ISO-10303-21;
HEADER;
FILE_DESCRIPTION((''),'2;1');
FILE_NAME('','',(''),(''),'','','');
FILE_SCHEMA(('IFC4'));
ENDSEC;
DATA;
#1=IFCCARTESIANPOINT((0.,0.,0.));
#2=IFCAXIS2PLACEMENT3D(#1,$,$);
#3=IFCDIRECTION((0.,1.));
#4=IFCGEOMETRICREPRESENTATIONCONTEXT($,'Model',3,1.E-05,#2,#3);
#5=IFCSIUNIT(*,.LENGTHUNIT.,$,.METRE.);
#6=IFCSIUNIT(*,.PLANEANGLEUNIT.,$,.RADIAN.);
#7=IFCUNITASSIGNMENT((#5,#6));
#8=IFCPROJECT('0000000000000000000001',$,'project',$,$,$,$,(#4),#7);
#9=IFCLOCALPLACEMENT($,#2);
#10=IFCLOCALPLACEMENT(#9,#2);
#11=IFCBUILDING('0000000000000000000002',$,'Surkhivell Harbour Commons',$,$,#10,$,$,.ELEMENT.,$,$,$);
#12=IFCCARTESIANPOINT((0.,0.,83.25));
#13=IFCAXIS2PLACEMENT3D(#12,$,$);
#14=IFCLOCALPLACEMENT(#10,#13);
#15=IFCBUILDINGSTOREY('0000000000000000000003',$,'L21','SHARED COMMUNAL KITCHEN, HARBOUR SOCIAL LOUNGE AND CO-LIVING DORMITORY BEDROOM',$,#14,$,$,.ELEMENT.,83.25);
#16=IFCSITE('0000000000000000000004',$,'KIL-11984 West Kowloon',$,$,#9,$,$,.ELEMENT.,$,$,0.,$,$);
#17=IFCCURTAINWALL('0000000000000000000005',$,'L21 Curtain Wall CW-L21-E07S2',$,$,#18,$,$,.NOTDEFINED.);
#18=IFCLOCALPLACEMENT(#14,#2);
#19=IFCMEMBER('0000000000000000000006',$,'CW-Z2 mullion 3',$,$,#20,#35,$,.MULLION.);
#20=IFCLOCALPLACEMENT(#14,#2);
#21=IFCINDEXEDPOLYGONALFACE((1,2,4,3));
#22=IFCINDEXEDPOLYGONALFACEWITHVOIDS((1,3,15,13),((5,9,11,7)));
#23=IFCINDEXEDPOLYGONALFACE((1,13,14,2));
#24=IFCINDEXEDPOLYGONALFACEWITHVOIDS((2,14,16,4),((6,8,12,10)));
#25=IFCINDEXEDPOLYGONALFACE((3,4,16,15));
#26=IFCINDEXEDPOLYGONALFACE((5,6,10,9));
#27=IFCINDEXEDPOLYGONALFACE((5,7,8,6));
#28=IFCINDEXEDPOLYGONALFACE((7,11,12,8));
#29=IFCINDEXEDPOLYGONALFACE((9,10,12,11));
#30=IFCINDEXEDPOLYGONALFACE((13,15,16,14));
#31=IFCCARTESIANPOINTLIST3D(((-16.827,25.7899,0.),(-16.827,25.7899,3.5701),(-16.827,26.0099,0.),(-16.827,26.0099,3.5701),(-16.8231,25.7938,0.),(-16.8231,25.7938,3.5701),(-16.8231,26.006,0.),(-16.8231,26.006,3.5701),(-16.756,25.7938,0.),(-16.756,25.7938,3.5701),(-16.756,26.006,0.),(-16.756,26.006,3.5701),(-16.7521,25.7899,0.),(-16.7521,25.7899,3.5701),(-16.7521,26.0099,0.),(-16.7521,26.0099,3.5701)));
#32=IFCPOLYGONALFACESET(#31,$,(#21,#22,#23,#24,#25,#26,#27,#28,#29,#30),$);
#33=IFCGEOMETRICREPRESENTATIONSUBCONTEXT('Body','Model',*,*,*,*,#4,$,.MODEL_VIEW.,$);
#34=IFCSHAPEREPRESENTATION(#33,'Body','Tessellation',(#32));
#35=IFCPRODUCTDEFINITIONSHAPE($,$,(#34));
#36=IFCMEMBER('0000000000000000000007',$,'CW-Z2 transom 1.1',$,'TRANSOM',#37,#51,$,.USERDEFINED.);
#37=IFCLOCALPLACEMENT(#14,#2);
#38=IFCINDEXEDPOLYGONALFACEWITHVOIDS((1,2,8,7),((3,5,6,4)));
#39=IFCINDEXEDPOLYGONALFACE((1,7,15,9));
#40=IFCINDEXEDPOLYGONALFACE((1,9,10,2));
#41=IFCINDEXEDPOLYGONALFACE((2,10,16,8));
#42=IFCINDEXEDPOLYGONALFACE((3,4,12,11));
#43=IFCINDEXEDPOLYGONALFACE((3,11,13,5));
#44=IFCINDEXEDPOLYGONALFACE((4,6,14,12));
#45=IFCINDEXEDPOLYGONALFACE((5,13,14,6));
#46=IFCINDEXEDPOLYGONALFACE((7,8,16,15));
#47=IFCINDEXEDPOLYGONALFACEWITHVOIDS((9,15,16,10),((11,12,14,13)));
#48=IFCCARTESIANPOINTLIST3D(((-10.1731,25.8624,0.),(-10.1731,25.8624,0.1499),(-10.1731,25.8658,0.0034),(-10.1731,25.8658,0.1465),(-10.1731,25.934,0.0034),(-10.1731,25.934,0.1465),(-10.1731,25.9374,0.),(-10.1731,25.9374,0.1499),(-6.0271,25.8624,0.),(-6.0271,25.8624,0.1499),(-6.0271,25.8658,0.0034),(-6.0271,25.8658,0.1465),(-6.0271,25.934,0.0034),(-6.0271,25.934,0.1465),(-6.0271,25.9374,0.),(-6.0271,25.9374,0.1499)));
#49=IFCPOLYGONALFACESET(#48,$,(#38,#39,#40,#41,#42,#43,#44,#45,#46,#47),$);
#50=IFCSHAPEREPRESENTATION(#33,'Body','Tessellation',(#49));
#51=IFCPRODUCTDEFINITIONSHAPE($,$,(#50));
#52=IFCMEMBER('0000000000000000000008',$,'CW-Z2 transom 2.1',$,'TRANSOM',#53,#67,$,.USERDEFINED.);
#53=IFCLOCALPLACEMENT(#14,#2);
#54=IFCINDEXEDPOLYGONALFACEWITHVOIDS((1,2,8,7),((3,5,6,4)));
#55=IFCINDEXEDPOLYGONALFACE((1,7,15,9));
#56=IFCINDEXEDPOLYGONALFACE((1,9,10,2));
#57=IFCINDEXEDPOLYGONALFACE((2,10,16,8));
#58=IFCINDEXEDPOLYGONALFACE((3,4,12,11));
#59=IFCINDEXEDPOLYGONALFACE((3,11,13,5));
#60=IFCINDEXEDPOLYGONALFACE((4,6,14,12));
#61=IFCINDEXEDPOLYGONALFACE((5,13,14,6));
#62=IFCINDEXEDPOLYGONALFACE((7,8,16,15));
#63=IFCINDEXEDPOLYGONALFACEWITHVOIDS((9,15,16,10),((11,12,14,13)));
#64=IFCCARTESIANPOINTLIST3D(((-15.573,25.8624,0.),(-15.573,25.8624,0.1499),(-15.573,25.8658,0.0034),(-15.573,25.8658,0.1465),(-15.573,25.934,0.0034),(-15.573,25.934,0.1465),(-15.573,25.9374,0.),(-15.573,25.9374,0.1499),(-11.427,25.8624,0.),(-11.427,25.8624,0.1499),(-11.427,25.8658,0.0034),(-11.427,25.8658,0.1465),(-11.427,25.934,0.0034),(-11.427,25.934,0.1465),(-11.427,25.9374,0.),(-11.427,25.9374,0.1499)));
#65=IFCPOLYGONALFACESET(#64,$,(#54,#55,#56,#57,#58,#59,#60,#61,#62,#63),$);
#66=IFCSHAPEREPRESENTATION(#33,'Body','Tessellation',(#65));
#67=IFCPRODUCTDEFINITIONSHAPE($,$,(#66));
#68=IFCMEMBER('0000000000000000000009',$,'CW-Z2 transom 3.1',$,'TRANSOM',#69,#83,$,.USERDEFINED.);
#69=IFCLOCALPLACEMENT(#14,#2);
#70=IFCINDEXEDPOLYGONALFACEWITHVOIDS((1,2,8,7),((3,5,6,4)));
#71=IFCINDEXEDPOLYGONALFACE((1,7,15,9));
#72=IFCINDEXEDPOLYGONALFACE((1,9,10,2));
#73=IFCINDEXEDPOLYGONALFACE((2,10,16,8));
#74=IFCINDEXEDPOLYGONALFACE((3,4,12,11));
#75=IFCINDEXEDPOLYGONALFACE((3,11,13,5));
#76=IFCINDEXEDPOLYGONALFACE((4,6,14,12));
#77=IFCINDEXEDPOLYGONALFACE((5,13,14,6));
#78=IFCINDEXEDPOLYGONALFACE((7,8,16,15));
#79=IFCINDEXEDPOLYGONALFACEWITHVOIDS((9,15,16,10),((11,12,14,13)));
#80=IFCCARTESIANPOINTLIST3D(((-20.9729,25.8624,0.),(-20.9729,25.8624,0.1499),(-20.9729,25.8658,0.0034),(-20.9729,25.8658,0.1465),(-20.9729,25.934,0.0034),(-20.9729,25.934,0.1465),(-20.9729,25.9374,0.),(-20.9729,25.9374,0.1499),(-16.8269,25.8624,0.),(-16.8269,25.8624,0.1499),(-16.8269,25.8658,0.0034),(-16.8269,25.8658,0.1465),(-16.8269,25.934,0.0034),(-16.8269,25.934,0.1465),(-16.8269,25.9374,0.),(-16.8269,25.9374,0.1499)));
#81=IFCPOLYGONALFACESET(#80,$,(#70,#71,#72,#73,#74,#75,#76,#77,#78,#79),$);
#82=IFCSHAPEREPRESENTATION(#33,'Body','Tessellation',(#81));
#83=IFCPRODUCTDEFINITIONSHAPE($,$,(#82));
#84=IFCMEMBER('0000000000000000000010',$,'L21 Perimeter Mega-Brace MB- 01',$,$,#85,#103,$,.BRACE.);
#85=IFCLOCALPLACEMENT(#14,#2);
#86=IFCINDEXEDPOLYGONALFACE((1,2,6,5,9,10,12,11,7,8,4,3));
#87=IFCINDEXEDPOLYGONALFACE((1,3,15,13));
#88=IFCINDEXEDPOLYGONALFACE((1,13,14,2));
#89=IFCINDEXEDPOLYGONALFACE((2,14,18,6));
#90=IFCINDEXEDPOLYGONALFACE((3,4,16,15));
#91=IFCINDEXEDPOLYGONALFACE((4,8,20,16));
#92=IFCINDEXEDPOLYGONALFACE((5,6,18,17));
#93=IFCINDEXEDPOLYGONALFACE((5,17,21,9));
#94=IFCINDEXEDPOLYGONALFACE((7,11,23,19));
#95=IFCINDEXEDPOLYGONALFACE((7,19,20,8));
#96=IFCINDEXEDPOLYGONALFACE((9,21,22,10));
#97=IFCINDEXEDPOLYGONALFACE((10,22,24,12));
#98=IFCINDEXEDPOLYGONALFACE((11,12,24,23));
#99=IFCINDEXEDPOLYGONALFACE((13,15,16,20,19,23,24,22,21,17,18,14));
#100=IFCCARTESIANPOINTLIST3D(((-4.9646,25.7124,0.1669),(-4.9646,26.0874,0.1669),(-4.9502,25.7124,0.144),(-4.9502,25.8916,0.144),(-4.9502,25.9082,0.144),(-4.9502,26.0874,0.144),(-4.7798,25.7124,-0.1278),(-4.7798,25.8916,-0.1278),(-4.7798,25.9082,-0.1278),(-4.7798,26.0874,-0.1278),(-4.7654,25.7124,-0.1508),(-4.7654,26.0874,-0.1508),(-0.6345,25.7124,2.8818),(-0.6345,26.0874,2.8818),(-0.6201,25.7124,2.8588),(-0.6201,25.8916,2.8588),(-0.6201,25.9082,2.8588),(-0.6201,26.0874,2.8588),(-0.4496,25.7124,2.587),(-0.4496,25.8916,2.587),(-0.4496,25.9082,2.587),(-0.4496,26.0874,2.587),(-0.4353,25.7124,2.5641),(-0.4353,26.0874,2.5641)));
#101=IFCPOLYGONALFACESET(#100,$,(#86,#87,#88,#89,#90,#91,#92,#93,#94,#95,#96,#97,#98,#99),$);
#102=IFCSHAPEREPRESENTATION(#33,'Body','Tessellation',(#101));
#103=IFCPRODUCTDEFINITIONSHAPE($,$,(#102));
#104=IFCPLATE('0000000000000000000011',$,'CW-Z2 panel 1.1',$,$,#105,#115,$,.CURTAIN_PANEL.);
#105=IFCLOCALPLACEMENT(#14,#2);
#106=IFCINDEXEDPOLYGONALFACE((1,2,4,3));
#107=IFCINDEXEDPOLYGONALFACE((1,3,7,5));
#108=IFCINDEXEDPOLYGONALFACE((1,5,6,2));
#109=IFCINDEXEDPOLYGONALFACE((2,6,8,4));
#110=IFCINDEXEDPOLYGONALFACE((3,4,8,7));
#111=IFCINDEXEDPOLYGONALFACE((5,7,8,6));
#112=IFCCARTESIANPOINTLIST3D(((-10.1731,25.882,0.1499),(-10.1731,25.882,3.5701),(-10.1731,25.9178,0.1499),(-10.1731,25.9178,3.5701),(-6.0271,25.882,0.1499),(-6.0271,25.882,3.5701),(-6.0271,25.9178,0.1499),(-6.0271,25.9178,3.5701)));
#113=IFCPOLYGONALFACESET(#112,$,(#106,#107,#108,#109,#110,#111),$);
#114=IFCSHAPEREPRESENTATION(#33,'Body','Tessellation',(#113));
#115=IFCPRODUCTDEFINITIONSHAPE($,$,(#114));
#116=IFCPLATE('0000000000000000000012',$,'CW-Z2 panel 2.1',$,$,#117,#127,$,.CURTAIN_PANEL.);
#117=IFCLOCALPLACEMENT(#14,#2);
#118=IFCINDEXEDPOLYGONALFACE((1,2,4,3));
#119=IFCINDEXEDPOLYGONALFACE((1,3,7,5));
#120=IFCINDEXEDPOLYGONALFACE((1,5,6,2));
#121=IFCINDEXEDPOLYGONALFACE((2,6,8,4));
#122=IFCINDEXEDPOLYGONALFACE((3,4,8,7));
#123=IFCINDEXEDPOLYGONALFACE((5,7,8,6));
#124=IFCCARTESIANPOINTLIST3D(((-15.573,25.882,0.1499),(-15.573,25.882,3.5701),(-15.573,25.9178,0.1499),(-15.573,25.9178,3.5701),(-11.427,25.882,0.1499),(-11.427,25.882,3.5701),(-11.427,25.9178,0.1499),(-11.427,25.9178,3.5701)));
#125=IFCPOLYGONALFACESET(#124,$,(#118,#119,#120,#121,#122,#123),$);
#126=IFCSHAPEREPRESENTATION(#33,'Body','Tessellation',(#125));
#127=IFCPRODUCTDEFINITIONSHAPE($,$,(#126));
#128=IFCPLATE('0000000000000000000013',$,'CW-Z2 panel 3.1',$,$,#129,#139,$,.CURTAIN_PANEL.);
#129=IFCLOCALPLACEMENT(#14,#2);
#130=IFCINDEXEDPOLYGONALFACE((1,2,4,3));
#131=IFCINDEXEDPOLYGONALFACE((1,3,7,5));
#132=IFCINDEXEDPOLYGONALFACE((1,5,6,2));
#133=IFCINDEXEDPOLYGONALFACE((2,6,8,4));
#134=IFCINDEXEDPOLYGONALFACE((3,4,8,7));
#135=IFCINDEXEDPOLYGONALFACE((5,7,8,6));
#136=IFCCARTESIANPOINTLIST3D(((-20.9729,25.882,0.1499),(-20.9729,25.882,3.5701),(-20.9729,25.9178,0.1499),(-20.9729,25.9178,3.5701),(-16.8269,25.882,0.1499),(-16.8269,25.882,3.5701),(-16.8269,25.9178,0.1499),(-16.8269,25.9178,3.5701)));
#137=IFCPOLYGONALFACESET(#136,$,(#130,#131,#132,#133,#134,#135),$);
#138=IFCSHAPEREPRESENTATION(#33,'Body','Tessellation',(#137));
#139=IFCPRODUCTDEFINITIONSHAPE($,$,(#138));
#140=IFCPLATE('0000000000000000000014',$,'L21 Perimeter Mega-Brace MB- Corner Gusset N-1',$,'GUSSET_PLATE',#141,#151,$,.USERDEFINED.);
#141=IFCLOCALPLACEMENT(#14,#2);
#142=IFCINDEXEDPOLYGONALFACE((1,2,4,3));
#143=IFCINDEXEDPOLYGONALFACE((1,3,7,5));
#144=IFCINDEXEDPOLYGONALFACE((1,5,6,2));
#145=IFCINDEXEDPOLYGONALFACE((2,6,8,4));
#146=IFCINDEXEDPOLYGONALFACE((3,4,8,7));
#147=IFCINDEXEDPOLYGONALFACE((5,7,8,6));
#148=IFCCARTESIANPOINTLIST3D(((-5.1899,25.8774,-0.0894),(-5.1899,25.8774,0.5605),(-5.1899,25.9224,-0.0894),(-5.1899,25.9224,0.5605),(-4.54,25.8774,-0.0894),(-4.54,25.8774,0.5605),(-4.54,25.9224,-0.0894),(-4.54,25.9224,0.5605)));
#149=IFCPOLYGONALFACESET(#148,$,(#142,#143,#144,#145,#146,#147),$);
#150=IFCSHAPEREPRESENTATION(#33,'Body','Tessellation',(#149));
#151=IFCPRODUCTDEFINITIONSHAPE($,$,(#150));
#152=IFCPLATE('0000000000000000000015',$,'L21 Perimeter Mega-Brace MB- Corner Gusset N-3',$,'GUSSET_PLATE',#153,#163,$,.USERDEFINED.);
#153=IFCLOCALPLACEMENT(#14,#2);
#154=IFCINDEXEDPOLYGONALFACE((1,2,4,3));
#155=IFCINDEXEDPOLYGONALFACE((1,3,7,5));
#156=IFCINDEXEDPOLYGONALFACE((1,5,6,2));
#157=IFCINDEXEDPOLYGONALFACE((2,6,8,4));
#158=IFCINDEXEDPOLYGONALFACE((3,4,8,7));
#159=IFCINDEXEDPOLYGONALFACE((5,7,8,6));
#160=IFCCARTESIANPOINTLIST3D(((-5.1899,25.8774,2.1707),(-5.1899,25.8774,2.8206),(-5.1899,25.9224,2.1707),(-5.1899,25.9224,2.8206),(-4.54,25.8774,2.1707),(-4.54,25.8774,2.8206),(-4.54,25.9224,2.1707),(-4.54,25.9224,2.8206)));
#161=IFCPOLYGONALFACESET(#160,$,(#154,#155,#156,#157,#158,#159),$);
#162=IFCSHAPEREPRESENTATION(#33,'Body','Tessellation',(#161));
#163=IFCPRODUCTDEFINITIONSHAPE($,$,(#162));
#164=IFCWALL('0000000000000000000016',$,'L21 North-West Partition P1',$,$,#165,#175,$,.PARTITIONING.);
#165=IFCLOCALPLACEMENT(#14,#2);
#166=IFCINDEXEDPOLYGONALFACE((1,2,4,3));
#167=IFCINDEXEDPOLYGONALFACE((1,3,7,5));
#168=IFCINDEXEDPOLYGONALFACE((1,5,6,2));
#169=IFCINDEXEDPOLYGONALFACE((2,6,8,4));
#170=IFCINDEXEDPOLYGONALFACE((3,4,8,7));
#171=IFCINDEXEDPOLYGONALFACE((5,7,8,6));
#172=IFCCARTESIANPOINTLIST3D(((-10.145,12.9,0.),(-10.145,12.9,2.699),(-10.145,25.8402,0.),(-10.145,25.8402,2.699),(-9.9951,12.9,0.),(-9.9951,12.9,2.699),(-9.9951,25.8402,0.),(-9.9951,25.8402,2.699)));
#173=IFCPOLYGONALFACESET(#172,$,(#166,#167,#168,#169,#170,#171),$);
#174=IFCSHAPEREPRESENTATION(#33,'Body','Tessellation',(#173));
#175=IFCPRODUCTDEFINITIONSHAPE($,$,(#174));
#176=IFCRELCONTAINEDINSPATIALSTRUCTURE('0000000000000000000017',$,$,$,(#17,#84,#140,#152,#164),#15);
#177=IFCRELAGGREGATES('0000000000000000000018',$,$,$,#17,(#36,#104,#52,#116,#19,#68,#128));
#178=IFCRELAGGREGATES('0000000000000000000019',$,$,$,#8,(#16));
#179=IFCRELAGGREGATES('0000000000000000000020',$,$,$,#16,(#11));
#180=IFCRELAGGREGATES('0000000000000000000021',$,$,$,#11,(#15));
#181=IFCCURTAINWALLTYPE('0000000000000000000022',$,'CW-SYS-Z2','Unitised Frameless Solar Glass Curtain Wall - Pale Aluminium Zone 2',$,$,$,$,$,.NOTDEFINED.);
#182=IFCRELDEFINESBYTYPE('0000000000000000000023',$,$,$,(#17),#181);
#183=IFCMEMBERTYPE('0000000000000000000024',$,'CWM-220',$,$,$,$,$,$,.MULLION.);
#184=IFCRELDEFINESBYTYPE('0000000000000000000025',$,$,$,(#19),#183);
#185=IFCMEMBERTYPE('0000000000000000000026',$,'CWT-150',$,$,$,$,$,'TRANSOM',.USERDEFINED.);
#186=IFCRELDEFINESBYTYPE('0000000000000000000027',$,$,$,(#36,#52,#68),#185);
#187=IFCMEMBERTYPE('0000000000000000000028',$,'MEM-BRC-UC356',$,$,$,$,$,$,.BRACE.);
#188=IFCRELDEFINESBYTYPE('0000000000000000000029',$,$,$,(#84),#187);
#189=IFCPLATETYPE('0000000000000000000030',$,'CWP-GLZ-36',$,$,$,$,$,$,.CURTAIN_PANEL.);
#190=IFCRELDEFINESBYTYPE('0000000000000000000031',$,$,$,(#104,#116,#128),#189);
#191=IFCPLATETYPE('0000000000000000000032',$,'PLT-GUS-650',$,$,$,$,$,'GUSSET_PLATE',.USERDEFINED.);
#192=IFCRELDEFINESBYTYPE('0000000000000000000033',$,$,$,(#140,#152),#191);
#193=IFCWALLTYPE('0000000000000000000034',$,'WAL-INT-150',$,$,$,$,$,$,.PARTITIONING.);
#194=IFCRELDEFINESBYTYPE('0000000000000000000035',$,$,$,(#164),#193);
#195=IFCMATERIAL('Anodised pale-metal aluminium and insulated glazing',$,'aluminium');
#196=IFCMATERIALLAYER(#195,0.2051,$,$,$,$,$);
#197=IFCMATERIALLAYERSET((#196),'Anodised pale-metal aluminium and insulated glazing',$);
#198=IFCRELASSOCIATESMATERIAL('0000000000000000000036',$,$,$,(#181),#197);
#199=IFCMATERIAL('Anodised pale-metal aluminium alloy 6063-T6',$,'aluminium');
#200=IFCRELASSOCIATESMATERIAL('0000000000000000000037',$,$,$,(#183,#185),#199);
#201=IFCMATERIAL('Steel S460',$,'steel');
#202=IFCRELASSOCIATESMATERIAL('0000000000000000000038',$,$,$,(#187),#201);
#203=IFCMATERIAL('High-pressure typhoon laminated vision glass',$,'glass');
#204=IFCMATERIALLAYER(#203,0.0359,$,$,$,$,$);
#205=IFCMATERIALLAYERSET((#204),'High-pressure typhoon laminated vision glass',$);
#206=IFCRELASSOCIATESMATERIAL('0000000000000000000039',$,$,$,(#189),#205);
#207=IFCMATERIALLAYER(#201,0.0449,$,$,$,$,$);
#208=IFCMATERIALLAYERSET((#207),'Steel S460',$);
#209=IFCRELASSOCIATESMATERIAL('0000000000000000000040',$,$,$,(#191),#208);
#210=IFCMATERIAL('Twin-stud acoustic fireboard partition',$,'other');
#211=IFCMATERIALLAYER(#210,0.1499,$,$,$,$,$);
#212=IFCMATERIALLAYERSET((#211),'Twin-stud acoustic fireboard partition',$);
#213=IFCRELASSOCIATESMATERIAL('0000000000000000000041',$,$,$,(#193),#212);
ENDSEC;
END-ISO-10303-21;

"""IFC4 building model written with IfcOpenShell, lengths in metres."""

from ifc_helpers import new_model, si_unit, direction, frame, frame_2d, origin, origin_2d, place, context, subcontext, project, spatial, rectangle, hollow_rectangle, i_section, extrude, material, layer, layer_set, material_profile, profile_set, type_object, element, aggregate, save


model = new_model("IFC4")

# Units and contexts
model_context = context("Model", 3, precision=1e-05, world=origin(), true_north=direction((0.0, 1.0)))
body_context = subcontext(model_context, "Body", "Model", "MODEL_VIEW")
ifc_project = project(units=[si_unit("LENGTHUNIT", "METRE"), si_unit("PLANEANGLEUNIT", "RADIAN")], contexts=[model_context])

# Site, building, storey
site_placement = place(None, origin())
site = spatial("IfcSite", under=ifc_project, at=site_placement, Name="KIL-11984 West Kowloon", CompositionType="ELEMENT", RefElevation=0.0)
building_placement = place(site_placement, origin())
building = spatial("IfcBuilding", under=site, at=building_placement, Name="Surkhivell Harbour Commons", CompositionType="ELEMENT")
storey_placement = place(building_placement, frame((0.0, 0.0, 83.25)))
storey = spatial("IfcBuildingStorey", under=building, at=storey_placement, Name="L21", Description="SHARED COMMUNAL KITCHEN, HARBOUR SOCIAL LOUNGE AND CO-LIVING DORMITORY BEDROOM", CompositionType="ELEMENT", Elevation=83.25)

# Shared definitions
ifc_material_1 = material(Name="Steel S460", Category="steel")

# Curtain wall, members
ifc_material_2 = material(Name="Anodised pale-metal aluminium and insulated glazing", Category="aluminium")
ifc_layer_1 = layer(ifc_material_2, 0.2051)
ifc_layer_set_1 = layer_set([ifc_layer_1], Name="Anodised pale-metal aluminium and insulated glazing")
curtain_wall_type = type_object("IfcCurtainWallType", Name="CW-SYS-Z2", Description="Unitised Frameless Solar Glass Curtain Wall - Pale Aluminium Zone 2", PredefinedType="NOTDEFINED", material=ifc_layer_set_1)
curtain_wall_placement = place(storey_placement, origin())
curtain_wall = element("IfcCurtainWall", 1, at=curtain_wall_placement, inside=storey, type_object=curtain_wall_type, Name="L21 Curtain Wall CW-L21-E07S2", PredefinedType="NOTDEFINED")
ifc_material_3 = material(Name="Anodised pale-metal aluminium alloy 6063-T6", Category="aluminium")
ifc_material_profile_1 = material_profile(ifc_material_3, hollow_rectangle(XDim=0.075, YDim=0.22, WallThickness=0.0039, at=origin_2d()), Name="ALU-MULL-75x220")
ifc_profile_set_1 = profile_set([ifc_material_profile_1], Name="Anodised pale-metal aluminium alloy 6063-T6")
member_type_1 = type_object("IfcMemberType", Name="CWM-220", PredefinedType="MULLION", material=ifc_profile_set_1)
member_1_placement = place(storey_placement, frame((-16.7896, 25.8999, 0.0), z_axis=(0.0, 0.0, 1.0), x_axis=(-1.0, 0.0, 0.0)))
member_1 = element("IfcMember", 2, at=member_1_placement, type_object=member_type_1, Name="CW-Z2 mullion 3", PredefinedType="MULLION", context=body_context, shape_type="SweptSolid", body=[
    extrude(hollow_rectangle(XDim=0.075, YDim=0.22, WallThickness=0.0039, at=origin_2d()), origin(), (0.0, 0.0, 1.0), 3.5701),
])
ifc_material_profile_2 = material_profile(ifc_material_3, hollow_rectangle(XDim=0.075, YDim=0.1499, WallThickness=0.0034, at=origin_2d()), Name="ALU-TRAN-75x150")
ifc_profile_set_2 = profile_set([ifc_material_profile_2], Name="Anodised pale-metal aluminium alloy 6063-T6")
member_type_2 = type_object("IfcMemberType", Name="CWT-150", ElementType="TRANSOM", PredefinedType="USERDEFINED", material=ifc_profile_set_2)
member_2_placement = place(storey_placement, frame((-6.0271, 25.8999, 0.075), z_axis=(-1.0, 0.0, 0.0), x_axis=(0.0, -1.0, 0.0)))
member_2 = element("IfcMember", 3, at=member_2_placement, type_object=member_type_2, Name="CW-Z2 transom 1.1", ObjectType="TRANSOM", PredefinedType="USERDEFINED", context=body_context, shape_type="SweptSolid", body=[
    extrude(hollow_rectangle(XDim=0.075, YDim=0.1499, WallThickness=0.0034, at=origin_2d()), origin(), (0.0, 0.0, 1.0), 4.146),
])
member_3_placement = place(storey_placement, frame((-11.427, 25.8999, 0.075), z_axis=(-1.0, 0.0, 0.0), x_axis=(0.0, -1.0, 0.0)))
member_3 = element("IfcMember", 4, at=member_3_placement, type_object=member_type_2, Name="CW-Z2 transom 2.1", ObjectType="TRANSOM", PredefinedType="USERDEFINED", context=body_context, shape_type="SweptSolid", body=[
    extrude(hollow_rectangle(XDim=0.075, YDim=0.1499, WallThickness=0.0034, at=origin_2d()), origin(), (0.0, 0.0, 1.0), 4.146),
])
member_4_placement = place(storey_placement, frame((-16.8269, 25.8999, 0.075), z_axis=(-1.0, 0.0, 0.0), x_axis=(0.0, -1.0, 0.0)))
member_4 = element("IfcMember", 5, at=member_4_placement, type_object=member_type_2, Name="CW-Z2 transom 3.1", ObjectType="TRANSOM", PredefinedType="USERDEFINED", context=body_context, shape_type="SweptSolid", body=[
    extrude(hollow_rectangle(XDim=0.075, YDim=0.1499, WallThickness=0.0034, at=origin_2d()), origin(), (0.0, 0.0, 1.0), 4.146),
])

# Member
ifc_material_profile_3 = material_profile(ifc_material_1, i_section(OverallWidth=0.375, OverallDepth=0.375, WebThickness=0.0166, FlangeThickness=0.0271, at=origin_2d()), Name="UC356x368x202")
ifc_profile_set_3 = profile_set([ifc_material_profile_3], Name="Steel S460")
member_type_3 = type_object("IfcMemberType", Name="MEM-BRC-UC356", PredefinedType="BRACE", material=ifc_profile_set_3)
member_5_placement = place(storey_placement, frame((-4.865, 25.8999, 0.0081), z_axis=(0.847246, 0.0, 0.531201), x_axis=(0.0, 1.0, 0.0)))
element("IfcMember", 6, at=member_5_placement, inside=storey, type_object=member_type_3, Name="L21 Perimeter Mega-Brace MB- 01", PredefinedType="BRACE", context=body_context, shape_type="SweptSolid", body=[
    extrude(i_section(OverallWidth=0.375, OverallDepth=0.375, WebThickness=0.0166, FlangeThickness=0.0271, at=origin_2d()), origin(), (0.0, 0.0, 1.0), 5.1108),
])

# Plates
ifc_material_4 = material(Name="High-pressure typhoon laminated vision glass", Category="glass")
ifc_layer_2 = layer(ifc_material_4, 0.0359)
ifc_layer_set_2 = layer_set([ifc_layer_2], Name="High-pressure typhoon laminated vision glass")
plate_type_1 = type_object("IfcPlateType", Name="CWP-GLZ-36", PredefinedType="CURTAIN_PANEL", material=ifc_layer_set_2)
plate_1_placement = place(storey_placement, frame((-6.0271, 25.8999, 0.1499), z_axis=(0.0, 0.0, 1.0), x_axis=(-1.0, 0.0, 0.0)))
plate_1 = element("IfcPlate", 7, at=plate_1_placement, type_object=plate_type_1, Name="CW-Z2 panel 1.1", PredefinedType="CURTAIN_PANEL", context=body_context, shape_type="SweptSolid", body=[
    extrude(rectangle(XDim=4.146, YDim=0.0359, at=frame_2d((2.073, 0.0))), origin(), (0.0, 0.0, 1.0), 3.4202),
])
plate_2_placement = place(storey_placement, frame((-11.427, 25.8999, 0.1499), z_axis=(0.0, 0.0, 1.0), x_axis=(-1.0, 0.0, 0.0)))
plate_2 = element("IfcPlate", 8, at=plate_2_placement, type_object=plate_type_1, Name="CW-Z2 panel 2.1", PredefinedType="CURTAIN_PANEL", context=body_context, shape_type="SweptSolid", body=[
    extrude(rectangle(XDim=4.146, YDim=0.0359, at=frame_2d((2.073, 0.0))), origin(), (0.0, 0.0, 1.0), 3.4202),
])
plate_3_placement = place(storey_placement, frame((-16.8269, 25.8999, 0.1499), z_axis=(0.0, 0.0, 1.0), x_axis=(-1.0, 0.0, 0.0)))
plate_3 = element("IfcPlate", 9, at=plate_3_placement, type_object=plate_type_1, Name="CW-Z2 panel 3.1", PredefinedType="CURTAIN_PANEL", context=body_context, shape_type="SweptSolid", body=[
    extrude(rectangle(XDim=4.146, YDim=0.0359, at=frame_2d((2.073, 0.0))), origin(), (0.0, 0.0, 1.0), 3.4202),
])
aggregate(curtain_wall, [member_2, plate_1, member_3, plate_2, member_1, member_4, plate_3])

# Plates
ifc_layer_3 = layer(ifc_material_1, 0.0449)
ifc_layer_set_3 = layer_set([ifc_layer_3], Name="Steel S460")
plate_type_2 = type_object("IfcPlateType", Name="PLT-GUS-650", ElementType="GUSSET_PLATE", PredefinedType="USERDEFINED", material=ifc_layer_set_3)
for number, where, z_axis, x_axis, name in (
    (10, (-4.865, 25.8999, -0.0894), (0.0, 0.0, 1.0), (1.0, 0.0, 0.0), "L21 Perimeter Mega-Brace MB- Corner Gusset N-1"),
    (11, (-4.865, 25.8999, 2.1707), (0.0, 0.0, 1.0), (1.0, 0.0, 0.0), "L21 Perimeter Mega-Brace MB- Corner Gusset N-3"),
):
    element("IfcPlate", number, at=place(storey_placement, frame(where, z_axis=z_axis, x_axis=x_axis)), inside=storey, type_object=plate_type_2, Name=name, ObjectType="GUSSET_PLATE", PredefinedType="USERDEFINED", context=body_context, shape_type="SweptSolid", body=[
        extrude(rectangle(XDim=0.6499, YDim=0.0449, at=origin_2d()), origin(), (0.0, 0.0, 1.0), 0.6499),
    ])

# Wall
ifc_material_5 = material(Name="Twin-stud acoustic fireboard partition", Category="other")
ifc_layer_4 = layer(ifc_material_5, 0.1499)
ifc_layer_set_4 = layer_set([ifc_layer_4], Name="Twin-stud acoustic fireboard partition")
wall_type_1 = type_object("IfcWallType", Name="WAL-INT-150", PredefinedType="PARTITIONING", material=ifc_layer_set_4)
wall_1_placement = place(storey_placement, frame((-10.0701, 12.8999, 0.0), z_axis=(0.0, 0.0, 1.0), x_axis=(0.0, 1.0, 0.0)))
element("IfcWall", 12, at=wall_1_placement, inside=storey, type_object=wall_type_1, Name="L21 North-West Partition P1", PredefinedType="PARTITIONING", context=body_context, shape_type="SweptSolid", body=[
    extrude(rectangle(XDim=12.9402, YDim=0.1499, at=frame_2d((6.4702, 0.0))), origin(), (0.0, 0.0, 1.0), 2.699),
])

save(model, "model.ifc")
